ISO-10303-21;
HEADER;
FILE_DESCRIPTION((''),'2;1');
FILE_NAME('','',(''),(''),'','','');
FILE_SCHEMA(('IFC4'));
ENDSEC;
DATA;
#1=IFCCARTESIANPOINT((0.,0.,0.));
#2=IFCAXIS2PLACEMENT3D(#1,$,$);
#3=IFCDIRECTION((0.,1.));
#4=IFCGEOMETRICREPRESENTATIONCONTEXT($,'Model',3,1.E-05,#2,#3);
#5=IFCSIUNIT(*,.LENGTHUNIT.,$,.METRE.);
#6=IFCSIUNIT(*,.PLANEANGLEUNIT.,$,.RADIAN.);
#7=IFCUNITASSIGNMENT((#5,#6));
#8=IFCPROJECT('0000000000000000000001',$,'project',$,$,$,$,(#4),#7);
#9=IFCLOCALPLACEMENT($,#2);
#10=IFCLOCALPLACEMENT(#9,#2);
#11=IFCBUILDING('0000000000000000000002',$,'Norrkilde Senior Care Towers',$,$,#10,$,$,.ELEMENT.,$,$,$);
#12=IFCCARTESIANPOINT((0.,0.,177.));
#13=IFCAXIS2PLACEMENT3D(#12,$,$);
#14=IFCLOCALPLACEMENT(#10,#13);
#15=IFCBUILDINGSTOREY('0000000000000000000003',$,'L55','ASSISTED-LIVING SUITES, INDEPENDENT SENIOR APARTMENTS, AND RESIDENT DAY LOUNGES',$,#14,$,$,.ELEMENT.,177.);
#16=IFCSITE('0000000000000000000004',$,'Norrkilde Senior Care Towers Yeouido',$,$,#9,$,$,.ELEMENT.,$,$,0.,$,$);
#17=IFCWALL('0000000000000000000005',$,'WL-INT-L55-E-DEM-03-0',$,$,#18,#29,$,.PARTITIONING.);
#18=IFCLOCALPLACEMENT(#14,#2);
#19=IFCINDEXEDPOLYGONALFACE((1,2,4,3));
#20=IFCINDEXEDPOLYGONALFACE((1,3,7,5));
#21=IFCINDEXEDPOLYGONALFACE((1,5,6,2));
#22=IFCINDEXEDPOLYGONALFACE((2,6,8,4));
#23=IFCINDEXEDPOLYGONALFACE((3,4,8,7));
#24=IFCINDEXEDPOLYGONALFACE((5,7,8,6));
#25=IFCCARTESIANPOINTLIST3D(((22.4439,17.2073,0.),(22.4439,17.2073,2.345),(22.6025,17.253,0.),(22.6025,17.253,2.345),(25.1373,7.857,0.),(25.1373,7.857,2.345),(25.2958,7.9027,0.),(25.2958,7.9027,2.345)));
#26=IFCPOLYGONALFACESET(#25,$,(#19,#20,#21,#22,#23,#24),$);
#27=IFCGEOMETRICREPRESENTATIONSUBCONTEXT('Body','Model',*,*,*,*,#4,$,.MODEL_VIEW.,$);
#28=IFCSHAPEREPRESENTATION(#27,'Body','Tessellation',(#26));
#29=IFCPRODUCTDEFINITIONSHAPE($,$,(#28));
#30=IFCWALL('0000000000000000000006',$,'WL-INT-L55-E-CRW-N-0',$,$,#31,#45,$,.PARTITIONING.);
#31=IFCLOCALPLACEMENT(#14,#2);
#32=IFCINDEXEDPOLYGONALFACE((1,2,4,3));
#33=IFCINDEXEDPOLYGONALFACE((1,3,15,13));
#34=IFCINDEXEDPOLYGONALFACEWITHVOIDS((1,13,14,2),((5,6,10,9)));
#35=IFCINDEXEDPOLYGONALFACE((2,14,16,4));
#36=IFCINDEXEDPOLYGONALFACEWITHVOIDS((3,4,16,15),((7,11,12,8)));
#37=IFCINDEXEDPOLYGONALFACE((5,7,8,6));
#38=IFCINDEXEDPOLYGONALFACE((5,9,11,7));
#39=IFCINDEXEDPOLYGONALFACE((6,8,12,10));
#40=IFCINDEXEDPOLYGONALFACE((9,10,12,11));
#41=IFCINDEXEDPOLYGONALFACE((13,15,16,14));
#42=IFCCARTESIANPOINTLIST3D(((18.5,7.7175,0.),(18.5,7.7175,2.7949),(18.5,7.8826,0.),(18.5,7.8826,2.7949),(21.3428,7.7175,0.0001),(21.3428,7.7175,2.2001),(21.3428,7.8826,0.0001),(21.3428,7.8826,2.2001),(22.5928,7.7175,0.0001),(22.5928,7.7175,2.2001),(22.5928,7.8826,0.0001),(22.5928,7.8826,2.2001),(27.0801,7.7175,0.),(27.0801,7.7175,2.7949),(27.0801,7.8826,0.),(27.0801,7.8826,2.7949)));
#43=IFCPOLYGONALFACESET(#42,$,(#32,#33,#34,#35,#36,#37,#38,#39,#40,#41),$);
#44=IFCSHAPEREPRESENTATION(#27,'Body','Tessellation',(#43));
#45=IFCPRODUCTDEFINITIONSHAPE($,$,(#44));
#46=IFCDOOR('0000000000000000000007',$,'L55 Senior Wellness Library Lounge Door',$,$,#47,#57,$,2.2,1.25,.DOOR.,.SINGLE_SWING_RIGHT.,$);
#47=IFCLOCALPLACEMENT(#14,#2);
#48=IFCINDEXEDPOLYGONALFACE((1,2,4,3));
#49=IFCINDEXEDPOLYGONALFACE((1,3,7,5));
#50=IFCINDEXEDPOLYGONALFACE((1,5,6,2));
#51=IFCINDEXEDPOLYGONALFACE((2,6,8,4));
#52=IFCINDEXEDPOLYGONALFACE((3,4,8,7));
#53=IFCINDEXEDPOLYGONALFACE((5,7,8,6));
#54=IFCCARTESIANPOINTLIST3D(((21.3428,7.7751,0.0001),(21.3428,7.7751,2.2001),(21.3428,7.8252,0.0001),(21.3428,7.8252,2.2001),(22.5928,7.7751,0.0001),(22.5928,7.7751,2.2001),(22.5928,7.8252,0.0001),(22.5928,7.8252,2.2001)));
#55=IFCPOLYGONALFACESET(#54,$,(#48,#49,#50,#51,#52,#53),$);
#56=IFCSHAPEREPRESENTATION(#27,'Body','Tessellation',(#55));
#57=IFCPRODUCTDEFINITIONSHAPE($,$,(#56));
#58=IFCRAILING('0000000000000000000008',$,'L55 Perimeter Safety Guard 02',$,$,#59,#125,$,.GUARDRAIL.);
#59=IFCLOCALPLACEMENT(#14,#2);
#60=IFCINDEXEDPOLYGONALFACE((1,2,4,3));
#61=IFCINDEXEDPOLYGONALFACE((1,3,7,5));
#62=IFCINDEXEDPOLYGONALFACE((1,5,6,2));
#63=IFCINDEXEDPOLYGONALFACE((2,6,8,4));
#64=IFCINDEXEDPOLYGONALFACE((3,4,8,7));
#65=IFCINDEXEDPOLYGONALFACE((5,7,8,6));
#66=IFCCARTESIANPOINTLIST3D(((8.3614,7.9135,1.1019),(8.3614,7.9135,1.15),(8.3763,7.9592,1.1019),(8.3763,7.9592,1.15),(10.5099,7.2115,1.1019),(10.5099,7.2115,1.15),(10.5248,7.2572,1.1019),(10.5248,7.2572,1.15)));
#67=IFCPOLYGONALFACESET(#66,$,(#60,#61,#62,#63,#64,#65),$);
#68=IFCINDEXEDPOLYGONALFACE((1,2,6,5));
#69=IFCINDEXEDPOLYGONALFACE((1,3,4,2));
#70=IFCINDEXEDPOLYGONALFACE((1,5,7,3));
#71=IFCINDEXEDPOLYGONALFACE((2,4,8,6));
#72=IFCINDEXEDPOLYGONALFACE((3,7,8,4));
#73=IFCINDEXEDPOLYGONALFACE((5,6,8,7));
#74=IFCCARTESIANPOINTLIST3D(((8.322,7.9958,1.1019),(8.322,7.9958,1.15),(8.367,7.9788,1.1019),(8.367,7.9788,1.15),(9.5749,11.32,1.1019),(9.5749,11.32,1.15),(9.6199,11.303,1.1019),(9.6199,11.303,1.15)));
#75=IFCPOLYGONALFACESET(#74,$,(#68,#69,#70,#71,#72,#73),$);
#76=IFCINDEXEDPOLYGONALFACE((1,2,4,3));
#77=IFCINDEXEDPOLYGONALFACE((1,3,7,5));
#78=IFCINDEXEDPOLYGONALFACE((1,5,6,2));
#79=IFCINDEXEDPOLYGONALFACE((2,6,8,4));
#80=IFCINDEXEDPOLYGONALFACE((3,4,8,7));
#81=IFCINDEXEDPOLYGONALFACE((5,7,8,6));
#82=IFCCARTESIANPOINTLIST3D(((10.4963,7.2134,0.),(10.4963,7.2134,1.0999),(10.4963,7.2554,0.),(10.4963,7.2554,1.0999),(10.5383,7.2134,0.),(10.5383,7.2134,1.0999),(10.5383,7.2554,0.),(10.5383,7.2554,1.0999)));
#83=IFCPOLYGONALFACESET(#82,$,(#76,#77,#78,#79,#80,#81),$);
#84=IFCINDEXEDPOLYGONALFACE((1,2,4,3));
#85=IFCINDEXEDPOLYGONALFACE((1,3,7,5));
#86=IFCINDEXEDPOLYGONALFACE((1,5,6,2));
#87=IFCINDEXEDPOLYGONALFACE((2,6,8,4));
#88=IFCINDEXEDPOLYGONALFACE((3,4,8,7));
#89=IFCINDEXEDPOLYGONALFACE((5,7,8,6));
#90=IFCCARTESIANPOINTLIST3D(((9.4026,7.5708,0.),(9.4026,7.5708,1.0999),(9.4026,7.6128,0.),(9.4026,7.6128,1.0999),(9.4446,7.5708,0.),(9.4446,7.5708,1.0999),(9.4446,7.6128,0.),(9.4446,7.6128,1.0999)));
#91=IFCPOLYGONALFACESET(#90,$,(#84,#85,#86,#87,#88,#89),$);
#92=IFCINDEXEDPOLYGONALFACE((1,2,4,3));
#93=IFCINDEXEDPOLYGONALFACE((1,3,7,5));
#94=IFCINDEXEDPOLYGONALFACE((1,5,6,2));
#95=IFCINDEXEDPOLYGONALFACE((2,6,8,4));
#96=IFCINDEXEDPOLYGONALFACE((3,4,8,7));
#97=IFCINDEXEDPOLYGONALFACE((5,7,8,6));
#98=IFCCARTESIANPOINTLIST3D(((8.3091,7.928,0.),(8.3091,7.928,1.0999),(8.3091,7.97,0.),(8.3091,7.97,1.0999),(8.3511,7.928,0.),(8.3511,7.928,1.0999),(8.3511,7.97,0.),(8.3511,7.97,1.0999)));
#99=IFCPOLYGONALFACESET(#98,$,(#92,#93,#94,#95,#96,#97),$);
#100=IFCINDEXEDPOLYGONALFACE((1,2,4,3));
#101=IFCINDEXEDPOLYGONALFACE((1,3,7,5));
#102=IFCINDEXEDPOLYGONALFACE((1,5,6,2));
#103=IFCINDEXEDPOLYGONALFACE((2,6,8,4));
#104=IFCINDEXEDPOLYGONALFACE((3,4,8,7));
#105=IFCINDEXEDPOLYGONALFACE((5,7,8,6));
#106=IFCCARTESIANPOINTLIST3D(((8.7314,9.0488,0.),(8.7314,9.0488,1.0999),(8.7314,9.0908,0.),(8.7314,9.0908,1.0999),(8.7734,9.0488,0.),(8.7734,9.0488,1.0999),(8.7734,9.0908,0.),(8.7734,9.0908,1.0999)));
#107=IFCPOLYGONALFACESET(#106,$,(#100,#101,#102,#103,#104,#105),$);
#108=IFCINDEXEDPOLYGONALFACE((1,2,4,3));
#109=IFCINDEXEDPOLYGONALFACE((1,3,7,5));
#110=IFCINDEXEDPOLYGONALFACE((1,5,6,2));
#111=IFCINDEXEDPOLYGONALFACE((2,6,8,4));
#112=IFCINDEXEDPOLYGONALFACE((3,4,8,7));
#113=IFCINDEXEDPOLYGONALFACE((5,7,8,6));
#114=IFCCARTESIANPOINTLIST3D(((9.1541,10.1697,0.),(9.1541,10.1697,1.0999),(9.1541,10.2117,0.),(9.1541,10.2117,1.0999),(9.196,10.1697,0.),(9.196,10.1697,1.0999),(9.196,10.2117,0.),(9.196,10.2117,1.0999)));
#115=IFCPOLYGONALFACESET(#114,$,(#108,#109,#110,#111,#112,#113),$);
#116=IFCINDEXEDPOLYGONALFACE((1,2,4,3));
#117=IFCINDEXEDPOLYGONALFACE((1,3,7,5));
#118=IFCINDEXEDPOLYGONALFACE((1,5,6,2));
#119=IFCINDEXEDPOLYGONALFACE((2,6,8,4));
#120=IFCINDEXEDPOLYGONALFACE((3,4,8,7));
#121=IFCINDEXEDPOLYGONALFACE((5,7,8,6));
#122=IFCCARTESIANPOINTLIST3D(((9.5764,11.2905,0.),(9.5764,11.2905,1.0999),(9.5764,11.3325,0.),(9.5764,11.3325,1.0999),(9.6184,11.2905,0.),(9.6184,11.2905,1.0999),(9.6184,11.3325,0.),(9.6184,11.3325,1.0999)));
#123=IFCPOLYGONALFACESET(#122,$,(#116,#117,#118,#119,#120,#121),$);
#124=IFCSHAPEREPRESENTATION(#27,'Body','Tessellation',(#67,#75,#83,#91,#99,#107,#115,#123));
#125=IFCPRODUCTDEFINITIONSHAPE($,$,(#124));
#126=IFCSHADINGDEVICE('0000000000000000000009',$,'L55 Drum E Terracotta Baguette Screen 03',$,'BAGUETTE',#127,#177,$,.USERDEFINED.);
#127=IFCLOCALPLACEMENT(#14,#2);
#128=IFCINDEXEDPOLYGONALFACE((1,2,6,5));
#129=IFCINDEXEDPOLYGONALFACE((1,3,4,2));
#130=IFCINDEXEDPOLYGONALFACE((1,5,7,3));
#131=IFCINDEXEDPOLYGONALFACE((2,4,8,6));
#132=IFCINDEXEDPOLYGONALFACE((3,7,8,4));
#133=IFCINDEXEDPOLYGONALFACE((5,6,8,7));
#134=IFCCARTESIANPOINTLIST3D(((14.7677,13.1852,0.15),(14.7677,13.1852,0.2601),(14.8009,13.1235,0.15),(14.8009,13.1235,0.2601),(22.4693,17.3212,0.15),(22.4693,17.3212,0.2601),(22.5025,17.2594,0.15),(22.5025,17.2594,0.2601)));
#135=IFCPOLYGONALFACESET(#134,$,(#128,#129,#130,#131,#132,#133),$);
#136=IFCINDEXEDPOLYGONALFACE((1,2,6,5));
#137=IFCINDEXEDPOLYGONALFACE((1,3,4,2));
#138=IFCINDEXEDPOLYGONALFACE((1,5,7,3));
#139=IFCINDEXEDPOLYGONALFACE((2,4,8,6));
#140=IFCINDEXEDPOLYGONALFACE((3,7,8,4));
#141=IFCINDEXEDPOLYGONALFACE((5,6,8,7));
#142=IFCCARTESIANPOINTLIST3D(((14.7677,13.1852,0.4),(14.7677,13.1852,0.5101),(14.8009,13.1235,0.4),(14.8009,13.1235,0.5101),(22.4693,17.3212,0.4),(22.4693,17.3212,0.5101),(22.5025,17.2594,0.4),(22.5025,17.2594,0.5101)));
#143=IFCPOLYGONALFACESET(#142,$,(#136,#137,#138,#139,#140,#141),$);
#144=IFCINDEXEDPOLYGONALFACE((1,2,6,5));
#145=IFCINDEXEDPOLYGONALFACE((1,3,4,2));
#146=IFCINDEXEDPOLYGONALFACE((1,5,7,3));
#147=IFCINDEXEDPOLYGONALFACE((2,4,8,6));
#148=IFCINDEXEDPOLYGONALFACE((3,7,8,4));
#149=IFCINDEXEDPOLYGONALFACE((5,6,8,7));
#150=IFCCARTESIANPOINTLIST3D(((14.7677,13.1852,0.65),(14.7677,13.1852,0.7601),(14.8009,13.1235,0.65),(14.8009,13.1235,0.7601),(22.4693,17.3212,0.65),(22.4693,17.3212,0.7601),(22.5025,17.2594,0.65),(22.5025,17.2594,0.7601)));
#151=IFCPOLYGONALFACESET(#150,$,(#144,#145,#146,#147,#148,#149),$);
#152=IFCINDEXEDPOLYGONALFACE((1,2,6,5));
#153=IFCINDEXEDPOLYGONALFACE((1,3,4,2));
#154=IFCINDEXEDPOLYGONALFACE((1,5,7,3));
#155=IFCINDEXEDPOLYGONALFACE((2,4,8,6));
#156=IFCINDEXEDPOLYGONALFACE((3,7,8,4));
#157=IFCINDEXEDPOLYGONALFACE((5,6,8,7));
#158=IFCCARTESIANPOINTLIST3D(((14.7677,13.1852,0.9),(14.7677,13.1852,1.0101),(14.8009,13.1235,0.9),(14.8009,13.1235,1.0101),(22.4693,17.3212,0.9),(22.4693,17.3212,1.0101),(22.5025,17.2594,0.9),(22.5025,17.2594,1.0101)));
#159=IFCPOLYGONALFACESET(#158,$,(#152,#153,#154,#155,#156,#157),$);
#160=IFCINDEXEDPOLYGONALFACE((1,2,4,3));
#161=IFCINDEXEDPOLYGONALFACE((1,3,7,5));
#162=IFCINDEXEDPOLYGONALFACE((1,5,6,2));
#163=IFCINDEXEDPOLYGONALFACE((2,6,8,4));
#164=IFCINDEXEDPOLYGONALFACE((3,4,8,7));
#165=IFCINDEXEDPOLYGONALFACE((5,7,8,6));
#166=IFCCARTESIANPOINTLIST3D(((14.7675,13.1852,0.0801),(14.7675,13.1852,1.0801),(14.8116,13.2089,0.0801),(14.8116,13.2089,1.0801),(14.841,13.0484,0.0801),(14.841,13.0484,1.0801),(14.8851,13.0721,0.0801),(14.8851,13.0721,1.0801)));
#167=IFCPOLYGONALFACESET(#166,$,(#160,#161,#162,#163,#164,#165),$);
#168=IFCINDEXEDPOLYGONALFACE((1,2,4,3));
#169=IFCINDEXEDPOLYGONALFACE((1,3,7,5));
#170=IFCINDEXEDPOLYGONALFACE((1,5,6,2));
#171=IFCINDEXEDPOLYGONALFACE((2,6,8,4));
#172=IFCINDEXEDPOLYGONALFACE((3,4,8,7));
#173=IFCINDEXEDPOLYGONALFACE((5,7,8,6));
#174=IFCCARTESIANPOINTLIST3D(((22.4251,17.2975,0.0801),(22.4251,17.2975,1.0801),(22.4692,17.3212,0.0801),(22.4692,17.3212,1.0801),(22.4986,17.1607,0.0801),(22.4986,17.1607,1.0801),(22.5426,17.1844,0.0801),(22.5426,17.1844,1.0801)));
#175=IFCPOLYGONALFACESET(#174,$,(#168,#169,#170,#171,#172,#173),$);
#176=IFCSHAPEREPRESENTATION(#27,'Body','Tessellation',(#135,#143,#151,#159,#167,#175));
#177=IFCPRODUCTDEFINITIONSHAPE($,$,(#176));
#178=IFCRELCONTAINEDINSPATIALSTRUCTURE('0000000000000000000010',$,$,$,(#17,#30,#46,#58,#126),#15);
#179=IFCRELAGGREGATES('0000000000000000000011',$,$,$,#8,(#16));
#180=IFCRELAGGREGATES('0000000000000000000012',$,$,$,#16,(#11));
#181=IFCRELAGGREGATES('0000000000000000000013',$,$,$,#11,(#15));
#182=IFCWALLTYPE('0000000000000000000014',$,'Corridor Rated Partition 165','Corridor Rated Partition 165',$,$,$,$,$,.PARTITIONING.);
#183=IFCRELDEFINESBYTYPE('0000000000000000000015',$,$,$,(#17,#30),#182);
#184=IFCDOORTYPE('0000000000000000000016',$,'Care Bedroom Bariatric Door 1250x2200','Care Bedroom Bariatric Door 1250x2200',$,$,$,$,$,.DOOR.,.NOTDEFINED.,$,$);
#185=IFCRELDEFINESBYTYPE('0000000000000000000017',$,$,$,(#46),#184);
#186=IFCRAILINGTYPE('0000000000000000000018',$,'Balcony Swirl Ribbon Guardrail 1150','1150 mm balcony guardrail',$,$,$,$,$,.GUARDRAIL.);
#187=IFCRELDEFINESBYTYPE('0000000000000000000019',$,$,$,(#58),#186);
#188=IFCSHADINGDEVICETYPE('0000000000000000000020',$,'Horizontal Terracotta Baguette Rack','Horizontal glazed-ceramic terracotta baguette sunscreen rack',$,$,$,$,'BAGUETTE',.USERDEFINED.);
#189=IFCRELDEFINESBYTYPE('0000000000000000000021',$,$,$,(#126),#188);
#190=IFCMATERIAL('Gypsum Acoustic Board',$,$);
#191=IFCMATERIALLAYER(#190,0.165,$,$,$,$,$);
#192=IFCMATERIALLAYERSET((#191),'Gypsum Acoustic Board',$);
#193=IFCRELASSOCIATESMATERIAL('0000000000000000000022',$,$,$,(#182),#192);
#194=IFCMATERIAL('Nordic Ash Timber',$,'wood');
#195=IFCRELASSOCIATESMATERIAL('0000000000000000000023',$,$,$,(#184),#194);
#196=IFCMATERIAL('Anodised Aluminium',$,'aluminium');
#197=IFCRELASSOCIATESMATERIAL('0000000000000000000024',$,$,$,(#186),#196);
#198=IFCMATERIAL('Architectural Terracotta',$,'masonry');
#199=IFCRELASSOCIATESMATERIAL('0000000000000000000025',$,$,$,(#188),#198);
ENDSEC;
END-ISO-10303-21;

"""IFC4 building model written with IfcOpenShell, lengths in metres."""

from ifc_helpers import new_model, si_unit, direction, frame, frame_2d, origin, origin_2d, place, context, subcontext, project, spatial, rectangle, extrude, source, transform, mapped, material, layer, layer_set, type_object, type_shapes, element, fill, save


model = new_model("IFC4")

# Units and contexts
model_context = context("Model", 3, precision=1e-05, world=origin(), true_north=direction((0.0, 1.0)))
body_context = subcontext(model_context, "Body", "Model", "MODEL_VIEW")
ifc_project = project(units=[si_unit("LENGTHUNIT", "METRE"), si_unit("PLANEANGLEUNIT", "RADIAN")], contexts=[model_context])

# Site, building, storey
site_placement = place(None, origin())
site = spatial("IfcSite", under=ifc_project, at=site_placement, Name="Norrkilde Senior Care Towers Yeouido", CompositionType="ELEMENT", RefElevation=0.0)
building_placement = place(site_placement, origin())
building = spatial("IfcBuilding", under=site, at=building_placement, Name="Norrkilde Senior Care Towers", CompositionType="ELEMENT")
storey_placement = place(building_placement, frame((0.0, 0.0, 177.0)))
storey = spatial("IfcBuildingStorey", under=building, at=storey_placement, Name="L55", Description="ASSISTED-LIVING SUITES, INDEPENDENT SENIOR APARTMENTS, AND RESIDENT DAY LOUNGES", CompositionType="ELEMENT", Elevation=177.0)

# Shared definitions
ifc_material_1 = material(Name="Anodised Aluminium", Category="aluminium")

# Wall
ifc_material_2 = material(Name="Gypsum Acoustic Board")
ifc_layer_1 = layer(ifc_material_2, 0.165)
ifc_layer_set_1 = layer_set([ifc_layer_1], Name="Gypsum Acoustic Board")
wall_type_1 = type_object("IfcWallType", Name="Corridor Rated Partition 165", Description="Corridor Rated Partition 165", PredefinedType="PARTITIONING", material=ifc_layer_set_1)
shared_shape_1 = source(origin(), body_context, "Body", "SweptSolid", [
    extrude(rectangle(XDim=9.7305, YDim=0.165, at=frame_2d((4.8652, 0.0))), origin(), (0.0, 0.0, 1.0), 2.345),
])
wall_1_placement = place(storey_placement, frame((25.2166, 7.8799, 0.0), z_axis=(0.0, 0.0, 1.0), x_axis=(-0.276795, 0.960929, 0.0)))
element("IfcWall", 1, at=wall_1_placement, inside=storey, type_object=wall_type_1, Name="WL-INT-L55-E-DEM-03-0", PredefinedType="PARTITIONING", context=body_context, shape_type="MappedRepresentation", body=[
    mapped(shared_shape_1, transform((0.0, 0.0, 0.0), x_axis=(1.0, 0.0, 0.0), y_axis=(0.0, 1.0, 0.0), z_axis=(0.0, 0.0, 1.0), scale=1.0)),
])

# Wall, opening, door
shared_shape_2 = source(origin(), body_context, "Body", "SweptSolid", [
    extrude(rectangle(XDim=8.5801, YDim=0.165, at=frame_2d((4.29, 0.0))), origin(), (0.0, 0.0, 1.0), 2.7949),
])
type_shapes(wall_type_1, [shared_shape_1, shared_shape_2])
wall_2_placement = place(storey_placement, frame((18.5, 7.8, 0.0), z_axis=(0.0, 0.0, 1.0), x_axis=(1.0, 0.0, 0.0)))
wall_2 = element("IfcWall", 2, at=wall_2_placement, inside=storey, type_object=wall_type_1, Name="WL-INT-L55-E-CRW-N-0", PredefinedType="PARTITIONING", context=body_context, shape_type="MappedRepresentation", body=[
    mapped(shared_shape_2, transform((0.0, 0.0, 0.0), x_axis=(1.0, 0.0, 0.0), y_axis=(0.0, 1.0, 0.0), z_axis=(0.0, 0.0, 1.0), scale=1.0)),
])
opening_1_placement = place(wall_2_placement, frame((2.8428, 0.0, 0.0)))
opening_1 = element("IfcOpeningElement", 3, at=opening_1_placement, cuts=wall_2, PredefinedType="OPENING", context=body_context, shape_type="SweptSolid", body=[
    extrude(rectangle(XDim=1.25, YDim=2.2, at=frame_2d((0.625, 1.1001))), frame((0.0, 0.0925, 0.0), z_axis=(0.0, -1.0, 0.0), x_axis=(1.0, 0.0, 0.0)), (0.0, 0.0, 1.0), 0.1851),
])
ifc_material_3 = material(Name="Nordic Ash Timber", Category="wood")
door_type_1 = type_object("IfcDoorType", Name="Care Bedroom Bariatric Door 1250x2200", Description="Care Bedroom Bariatric Door 1250x2200", OperationType="NOTDEFINED", PredefinedType="DOOR", material=ifc_material_3)
shared_shape_3 = source(origin(), body_context, "Body", "SweptSolid", [
    extrude(rectangle(XDim=1.25, YDim=2.2, at=frame_2d((0.625, 1.1001))), frame((0.0, 0.0249, 0.0), z_axis=(0.0, -1.0, 0.0), x_axis=(1.0, 0.0, 0.0)), (0.0, 0.0, 1.0), 0.05),
])
type_shapes(door_type_1, [shared_shape_3])
door_1_placement = place(opening_1_placement, frame((1.25, 0.0, 0.0), z_axis=(0.0, 0.0, 1.0), x_axis=(-1.0, 0.0, 0.0)))
door_1 = element("IfcDoor", 4, at=door_1_placement, inside=storey, type_object=door_type_1, Name="L55 Senior Wellness Library Lounge Door", OperationType="SINGLE_SWING_RIGHT", OverallHeight=2.2, OverallWidth=1.25, PredefinedType="DOOR", context=body_context, shape_type="MappedRepresentation", body=[
    mapped(shared_shape_3, transform((0.0, 0.0, 0.0), x_axis=(1.0, 0.0, 0.0), y_axis=(0.0, 1.0, 0.0), z_axis=(0.0, 0.0, 1.0), scale=1.0)),
])
fill(opening_1, door_1)

# Railing
railing_type = type_object("IfcRailingType", Name="Balcony Swirl Ribbon Guardrail 1150", Description="1150 mm balcony guardrail", PredefinedType="GUARDRAIL", material=ifc_material_1)
railing_1_placement = place(storey_placement, frame((10.5173, 7.2344, 0.0)))
element("IfcRailing", 5, at=railing_1_placement, inside=storey, type_object=railing_type, Name="L55 Perimeter Safety Guard 02", PredefinedType="GUARDRAIL", context=body_context, shape_type="SweptSolid", body=[
    extrude(rectangle(XDim=0.0481, YDim=0.0481, at=origin_2d()), frame((0.0, 0.0, 1.126), z_axis=(-0.950555, 0.310556, 0.0), x_axis=(-0.310556, -0.950555, 0.0)), (0.0, 0.0, 1.0), 2.2603),
    extrude(rectangle(XDim=0.0481, YDim=0.0481, at=origin_2d()), frame((-2.1729, 0.7529, 1.126), z_axis=(0.352679, 0.935744, 0.0), x_axis=(-0.935744, 0.352679, 0.0)), (0.0, 0.0, 1.0), 3.5525),
    extrude(rectangle(XDim=0.042, YDim=0.042, at=origin_2d()), origin(), (0.0, 0.0, 1.0), 1.0999),
    extrude(rectangle(XDim=0.042, YDim=0.042, at=origin_2d()), frame((-1.0938, 0.3574, 0.0)), (0.0, 0.0, 1.0), 1.0999),
    extrude(rectangle(XDim=0.042, YDim=0.042, at=origin_2d()), frame((-2.1873, 0.7146, 0.0)), (0.0, 0.0, 1.0), 1.0999),
    extrude(rectangle(XDim=0.042, YDim=0.042, at=origin_2d()), frame((-1.7649, 1.8354, 0.0)), (0.0, 0.0, 1.0), 1.0999),
    extrude(rectangle(XDim=0.042, YDim=0.042, at=origin_2d()), frame((-1.3423, 2.9563, 0.0)), (0.0, 0.0, 1.0), 1.0999),
    extrude(rectangle(XDim=0.042, YDim=0.042, at=origin_2d()), frame((-0.9199, 4.0771, 0.0)), (0.0, 0.0, 1.0), 1.0999),
])

# Shading device
ifc_material_4 = material(Name="Architectural Terracotta", Category="masonry")
shading_device_type = type_object("IfcShadingDeviceType", Name="Horizontal Terracotta Baguette Rack", Description="Horizontal glazed-ceramic terracotta baguette sunscreen rack", ElementType="BAGUETTE", PredefinedType="USERDEFINED", material=ifc_material_4)
shared_shape_4 = source(origin(), body_context, "Body", "SweptSolid", [
    extrude(rectangle(XDim=0.0701, YDim=0.1101, at=origin_2d()), frame((0.0, 0.0901, 0.125), z_axis=(1.0, 0.0, 0.0), x_axis=(0.0, 1.0, 0.0)), (0.0, 0.0, 1.0), 8.7419),
    extrude(rectangle(XDim=0.0701, YDim=0.1101, at=origin_2d()), frame((0.0, 0.0901, 0.375), z_axis=(1.0, 0.0, 0.0), x_axis=(0.0, 1.0, 0.0)), (0.0, 0.0, 1.0), 8.7419),
    extrude(rectangle(XDim=0.0701, YDim=0.1101, at=origin_2d()), frame((0.0, 0.0901, 0.625), z_axis=(1.0, 0.0, 0.0), x_axis=(0.0, 1.0, 0.0)), (0.0, 0.0, 1.0), 8.7419),
    extrude(rectangle(XDim=0.0701, YDim=0.1101, at=origin_2d()), frame((0.0, 0.0901, 0.875), z_axis=(1.0, 0.0, 0.0), x_axis=(0.0, 1.0, 0.0)), (0.0, 0.0, 1.0), 8.7419),
    extrude(rectangle(XDim=0.05, YDim=0.1553, at=origin_2d()), frame((0.0249, 0.0476, 0.0)), (0.0, 0.0, 1.0), 1.0),
    extrude(rectangle(XDim=0.05, YDim=0.1553, at=origin_2d()), frame((8.7168, 0.0476, 0.0)), (0.0, 0.0, 1.0), 1.0),
])
type_shapes(shading_device_type, [shared_shape_4])
shading_device_placement = place(storey_placement, frame((14.8269, 13.075, 0.0801), z_axis=(0.0, 0.0, 1.0), x_axis=(0.881001, 0.47312, 0.0)))
element("IfcShadingDevice", 6, at=shading_device_placement, inside=storey, type_object=shading_device_type, Name="L55 Drum E Terracotta Baguette Screen 03", ObjectType="BAGUETTE", PredefinedType="USERDEFINED", context=body_context, shape_type="MappedRepresentation", body=[
    mapped(shared_shape_4, transform((0.0, 0.0, 0.0), x_axis=(1.0, 0.0, 0.0), y_axis=(0.0, 1.0, 0.0), z_axis=(0.0, 0.0, 1.0), scale=1.0)),
])

save(model, "model.ifc")
